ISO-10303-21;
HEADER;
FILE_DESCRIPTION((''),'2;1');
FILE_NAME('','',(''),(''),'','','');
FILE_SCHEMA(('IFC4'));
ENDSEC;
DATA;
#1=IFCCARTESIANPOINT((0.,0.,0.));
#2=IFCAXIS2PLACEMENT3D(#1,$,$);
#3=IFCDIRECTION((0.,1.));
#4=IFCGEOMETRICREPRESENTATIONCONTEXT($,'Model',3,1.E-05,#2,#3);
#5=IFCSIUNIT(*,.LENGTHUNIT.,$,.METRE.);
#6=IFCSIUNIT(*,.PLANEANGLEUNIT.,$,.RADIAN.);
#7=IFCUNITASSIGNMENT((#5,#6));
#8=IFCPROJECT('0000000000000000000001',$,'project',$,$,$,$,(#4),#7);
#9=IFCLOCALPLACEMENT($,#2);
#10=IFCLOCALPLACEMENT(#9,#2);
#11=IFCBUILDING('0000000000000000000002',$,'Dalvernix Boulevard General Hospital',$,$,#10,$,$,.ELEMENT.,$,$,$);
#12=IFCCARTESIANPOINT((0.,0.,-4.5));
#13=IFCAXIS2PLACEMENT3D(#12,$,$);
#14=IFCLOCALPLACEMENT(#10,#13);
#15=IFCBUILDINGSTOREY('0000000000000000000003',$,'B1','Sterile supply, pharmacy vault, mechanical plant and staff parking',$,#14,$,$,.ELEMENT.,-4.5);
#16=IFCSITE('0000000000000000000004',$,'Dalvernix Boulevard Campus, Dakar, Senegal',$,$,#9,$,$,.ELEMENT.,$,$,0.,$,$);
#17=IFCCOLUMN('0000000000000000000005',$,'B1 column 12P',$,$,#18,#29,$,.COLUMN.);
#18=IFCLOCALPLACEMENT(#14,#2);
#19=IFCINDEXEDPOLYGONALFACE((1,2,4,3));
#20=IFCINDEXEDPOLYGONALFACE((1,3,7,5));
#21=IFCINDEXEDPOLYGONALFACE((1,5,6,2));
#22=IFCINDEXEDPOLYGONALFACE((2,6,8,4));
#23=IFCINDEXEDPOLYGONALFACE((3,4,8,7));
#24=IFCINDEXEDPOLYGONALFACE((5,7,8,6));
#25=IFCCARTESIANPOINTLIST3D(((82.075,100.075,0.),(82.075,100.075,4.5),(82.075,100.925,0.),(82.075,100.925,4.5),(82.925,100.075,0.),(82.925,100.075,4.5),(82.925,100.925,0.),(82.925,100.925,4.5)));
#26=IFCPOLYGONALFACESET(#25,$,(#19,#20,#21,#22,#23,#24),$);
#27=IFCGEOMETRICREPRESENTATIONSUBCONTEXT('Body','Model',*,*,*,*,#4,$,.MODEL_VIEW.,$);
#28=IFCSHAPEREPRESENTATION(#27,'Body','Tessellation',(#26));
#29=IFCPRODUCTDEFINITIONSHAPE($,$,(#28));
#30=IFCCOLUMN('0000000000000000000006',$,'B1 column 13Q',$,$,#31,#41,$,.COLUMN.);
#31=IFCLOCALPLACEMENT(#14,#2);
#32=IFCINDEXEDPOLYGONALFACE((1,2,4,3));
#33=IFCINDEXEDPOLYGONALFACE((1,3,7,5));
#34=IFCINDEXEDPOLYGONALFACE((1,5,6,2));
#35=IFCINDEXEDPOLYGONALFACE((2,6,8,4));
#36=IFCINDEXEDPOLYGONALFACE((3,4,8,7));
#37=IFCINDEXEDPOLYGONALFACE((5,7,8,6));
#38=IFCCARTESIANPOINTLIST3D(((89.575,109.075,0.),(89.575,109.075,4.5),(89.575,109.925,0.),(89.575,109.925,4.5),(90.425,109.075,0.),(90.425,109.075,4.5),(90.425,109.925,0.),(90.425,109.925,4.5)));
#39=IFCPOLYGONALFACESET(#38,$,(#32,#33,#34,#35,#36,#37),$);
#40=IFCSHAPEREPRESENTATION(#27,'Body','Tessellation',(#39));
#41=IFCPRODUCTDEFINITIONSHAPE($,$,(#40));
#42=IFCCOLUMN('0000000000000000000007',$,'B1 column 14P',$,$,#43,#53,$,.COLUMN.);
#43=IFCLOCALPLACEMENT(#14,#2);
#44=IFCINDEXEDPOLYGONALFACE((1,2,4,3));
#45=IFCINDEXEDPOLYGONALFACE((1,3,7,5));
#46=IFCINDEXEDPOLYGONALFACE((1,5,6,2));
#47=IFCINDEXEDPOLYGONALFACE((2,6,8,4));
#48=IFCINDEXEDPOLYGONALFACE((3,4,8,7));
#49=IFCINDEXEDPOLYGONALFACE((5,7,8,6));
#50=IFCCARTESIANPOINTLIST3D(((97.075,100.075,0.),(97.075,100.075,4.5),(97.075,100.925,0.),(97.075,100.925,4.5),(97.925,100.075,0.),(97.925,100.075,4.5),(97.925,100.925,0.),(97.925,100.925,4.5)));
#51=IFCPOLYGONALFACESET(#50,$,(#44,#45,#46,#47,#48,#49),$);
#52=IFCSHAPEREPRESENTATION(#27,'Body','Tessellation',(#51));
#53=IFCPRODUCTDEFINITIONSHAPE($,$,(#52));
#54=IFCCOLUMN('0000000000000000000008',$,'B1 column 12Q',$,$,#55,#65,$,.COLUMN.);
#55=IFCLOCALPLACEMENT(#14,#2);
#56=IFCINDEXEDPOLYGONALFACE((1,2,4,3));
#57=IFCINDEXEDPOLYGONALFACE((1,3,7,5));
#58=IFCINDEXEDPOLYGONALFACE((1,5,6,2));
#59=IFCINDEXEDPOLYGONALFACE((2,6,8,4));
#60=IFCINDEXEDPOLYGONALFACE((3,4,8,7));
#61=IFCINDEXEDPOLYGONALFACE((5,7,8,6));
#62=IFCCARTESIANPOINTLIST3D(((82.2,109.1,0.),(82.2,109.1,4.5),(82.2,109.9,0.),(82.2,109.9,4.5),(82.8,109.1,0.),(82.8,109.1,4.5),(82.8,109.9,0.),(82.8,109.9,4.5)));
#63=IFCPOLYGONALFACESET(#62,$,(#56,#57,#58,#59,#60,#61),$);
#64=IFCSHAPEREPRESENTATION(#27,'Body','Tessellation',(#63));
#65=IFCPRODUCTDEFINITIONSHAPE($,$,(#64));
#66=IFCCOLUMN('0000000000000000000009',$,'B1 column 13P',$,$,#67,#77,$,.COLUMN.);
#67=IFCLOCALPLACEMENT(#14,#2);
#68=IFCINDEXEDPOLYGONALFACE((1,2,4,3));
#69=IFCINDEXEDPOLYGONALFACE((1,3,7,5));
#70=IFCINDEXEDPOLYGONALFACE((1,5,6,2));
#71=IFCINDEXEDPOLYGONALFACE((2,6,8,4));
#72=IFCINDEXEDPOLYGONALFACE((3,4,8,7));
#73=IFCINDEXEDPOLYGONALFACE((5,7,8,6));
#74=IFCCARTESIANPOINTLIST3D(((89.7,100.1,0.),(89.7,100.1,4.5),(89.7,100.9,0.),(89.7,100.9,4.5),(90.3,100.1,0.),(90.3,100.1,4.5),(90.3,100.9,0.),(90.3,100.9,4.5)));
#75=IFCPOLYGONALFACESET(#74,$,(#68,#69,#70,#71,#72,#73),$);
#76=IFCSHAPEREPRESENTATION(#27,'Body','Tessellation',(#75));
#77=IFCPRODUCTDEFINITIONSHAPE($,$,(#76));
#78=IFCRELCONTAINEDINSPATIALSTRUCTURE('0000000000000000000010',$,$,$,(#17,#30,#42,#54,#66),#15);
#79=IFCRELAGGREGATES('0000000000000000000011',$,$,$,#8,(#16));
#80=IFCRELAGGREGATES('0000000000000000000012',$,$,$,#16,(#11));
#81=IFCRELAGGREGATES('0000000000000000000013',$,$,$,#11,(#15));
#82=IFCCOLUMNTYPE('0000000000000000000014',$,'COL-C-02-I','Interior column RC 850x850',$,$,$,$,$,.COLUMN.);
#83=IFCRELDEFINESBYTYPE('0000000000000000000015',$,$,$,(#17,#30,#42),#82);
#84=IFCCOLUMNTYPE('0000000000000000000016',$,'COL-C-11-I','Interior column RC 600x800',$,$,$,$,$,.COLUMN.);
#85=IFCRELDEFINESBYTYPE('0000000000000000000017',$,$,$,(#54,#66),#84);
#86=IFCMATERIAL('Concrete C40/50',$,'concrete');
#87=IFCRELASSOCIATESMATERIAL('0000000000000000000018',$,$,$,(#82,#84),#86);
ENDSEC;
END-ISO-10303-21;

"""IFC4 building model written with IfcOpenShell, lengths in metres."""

from ifc_helpers import new_model, si_unit, direction, frame, origin, origin_2d, place, context, subcontext, project, spatial, rectangle, extrude, material, material_profile, profile_set, type_object, element, save


model = new_model("IFC4")

# Units and contexts
model_context = context("Model", 3, precision=1e-05, world=origin(), true_north=direction((0.0, 1.0)))
body_context = subcontext(model_context, "Body", "Model", "MODEL_VIEW")
ifc_project = project(units=[si_unit("LENGTHUNIT", "METRE"), si_unit("PLANEANGLEUNIT", "RADIAN")], contexts=[model_context])

# Site, building, storey
site_placement = place(None, origin())
site = spatial("IfcSite", under=ifc_project, at=site_placement, Name="Dalvernix Boulevard Campus, Dakar, Senegal", CompositionType="ELEMENT", RefElevation=0.0)
building_placement = place(site_placement, origin())
building = spatial("IfcBuilding", under=site, at=building_placement, Name="Dalvernix Boulevard General Hospital", CompositionType="ELEMENT")
storey_placement = place(building_placement, frame((0.0, 0.0, -4.5)))
storey = spatial("IfcBuildingStorey", under=building, at=storey_placement, Name="B1", Description="Sterile supply, pharmacy vault, mechanical plant and staff parking", CompositionType="ELEMENT", Elevation=-4.5)

# Shared definitions
ifc_material_1 = material(Name="Concrete C40/50", Category="concrete")

# Columns
ifc_material_profile_1 = material_profile(ifc_material_1, rectangle(XDim=0.8501, YDim=0.8501, at=origin_2d()), Name="RC 850x850")
ifc_profile_set_1 = profile_set([ifc_material_profile_1], Name="Concrete C40/50")
column_type_1 = type_object("IfcColumnType", Name="COL-C-02-I", Description="Interior column RC 850x850", PredefinedType="COLUMN", material=ifc_profile_set_1)
for number, where, z_axis, x_axis, name in (
    (1, (82.5, 100.5, 0.0), (0.0, 0.0, 1.0), (1.0, 0.0, 0.0), "B1 column 12P"),
    (2, (90.0, 109.5, 0.0), (0.0, 0.0, 1.0), (1.0, 0.0, 0.0), "B1 column 13Q"),
    (3, (97.5, 100.5, 0.0), (0.0, 0.0, 1.0), (1.0, 0.0, 0.0), "B1 column 14P"),
):
    element("IfcColumn", number, at=place(storey_placement, frame(where, z_axis=z_axis, x_axis=x_axis)), inside=storey, type_object=column_type_1, Name=name, PredefinedType="COLUMN", context=body_context, shape_type="SweptSolid", body=[
        extrude(rectangle(XDim=0.8501, YDim=0.8501, at=origin_2d()), origin(), (0.0, 0.0, 1.0), 4.5),
    ])
ifc_material_profile_2 = material_profile(ifc_material_1, rectangle(XDim=0.6001, YDim=0.8, at=origin_2d()), Name="RC 600x800")
ifc_profile_set_2 = profile_set([ifc_material_profile_2], Name="Concrete C40/50")
column_type_2 = type_object("IfcColumnType", Name="COL-C-11-I", Description="Interior column RC 600x800", PredefinedType="COLUMN", material=ifc_profile_set_2)
for number, where, z_axis, x_axis, name in (
    (4, (82.5, 109.5, 0.0), (0.0, 0.0, 1.0), (1.0, 0.0, 0.0), "B1 column 12Q"),
    (5, (90.0, 100.5, 0.0), (0.0, 0.0, 1.0), (1.0, 0.0, 0.0), "B1 column 13P"),
):
    element("IfcColumn", number, at=place(storey_placement, frame(where, z_axis=z_axis, x_axis=x_axis)), inside=storey, type_object=column_type_2, Name=name, PredefinedType="COLUMN", context=body_context, shape_type="SweptSolid", body=[
        extrude(rectangle(XDim=0.6001, YDim=0.8, at=origin_2d()), origin(), (0.0, 0.0, 1.0), 4.5),
    ])

save(model, "model.ifc")
